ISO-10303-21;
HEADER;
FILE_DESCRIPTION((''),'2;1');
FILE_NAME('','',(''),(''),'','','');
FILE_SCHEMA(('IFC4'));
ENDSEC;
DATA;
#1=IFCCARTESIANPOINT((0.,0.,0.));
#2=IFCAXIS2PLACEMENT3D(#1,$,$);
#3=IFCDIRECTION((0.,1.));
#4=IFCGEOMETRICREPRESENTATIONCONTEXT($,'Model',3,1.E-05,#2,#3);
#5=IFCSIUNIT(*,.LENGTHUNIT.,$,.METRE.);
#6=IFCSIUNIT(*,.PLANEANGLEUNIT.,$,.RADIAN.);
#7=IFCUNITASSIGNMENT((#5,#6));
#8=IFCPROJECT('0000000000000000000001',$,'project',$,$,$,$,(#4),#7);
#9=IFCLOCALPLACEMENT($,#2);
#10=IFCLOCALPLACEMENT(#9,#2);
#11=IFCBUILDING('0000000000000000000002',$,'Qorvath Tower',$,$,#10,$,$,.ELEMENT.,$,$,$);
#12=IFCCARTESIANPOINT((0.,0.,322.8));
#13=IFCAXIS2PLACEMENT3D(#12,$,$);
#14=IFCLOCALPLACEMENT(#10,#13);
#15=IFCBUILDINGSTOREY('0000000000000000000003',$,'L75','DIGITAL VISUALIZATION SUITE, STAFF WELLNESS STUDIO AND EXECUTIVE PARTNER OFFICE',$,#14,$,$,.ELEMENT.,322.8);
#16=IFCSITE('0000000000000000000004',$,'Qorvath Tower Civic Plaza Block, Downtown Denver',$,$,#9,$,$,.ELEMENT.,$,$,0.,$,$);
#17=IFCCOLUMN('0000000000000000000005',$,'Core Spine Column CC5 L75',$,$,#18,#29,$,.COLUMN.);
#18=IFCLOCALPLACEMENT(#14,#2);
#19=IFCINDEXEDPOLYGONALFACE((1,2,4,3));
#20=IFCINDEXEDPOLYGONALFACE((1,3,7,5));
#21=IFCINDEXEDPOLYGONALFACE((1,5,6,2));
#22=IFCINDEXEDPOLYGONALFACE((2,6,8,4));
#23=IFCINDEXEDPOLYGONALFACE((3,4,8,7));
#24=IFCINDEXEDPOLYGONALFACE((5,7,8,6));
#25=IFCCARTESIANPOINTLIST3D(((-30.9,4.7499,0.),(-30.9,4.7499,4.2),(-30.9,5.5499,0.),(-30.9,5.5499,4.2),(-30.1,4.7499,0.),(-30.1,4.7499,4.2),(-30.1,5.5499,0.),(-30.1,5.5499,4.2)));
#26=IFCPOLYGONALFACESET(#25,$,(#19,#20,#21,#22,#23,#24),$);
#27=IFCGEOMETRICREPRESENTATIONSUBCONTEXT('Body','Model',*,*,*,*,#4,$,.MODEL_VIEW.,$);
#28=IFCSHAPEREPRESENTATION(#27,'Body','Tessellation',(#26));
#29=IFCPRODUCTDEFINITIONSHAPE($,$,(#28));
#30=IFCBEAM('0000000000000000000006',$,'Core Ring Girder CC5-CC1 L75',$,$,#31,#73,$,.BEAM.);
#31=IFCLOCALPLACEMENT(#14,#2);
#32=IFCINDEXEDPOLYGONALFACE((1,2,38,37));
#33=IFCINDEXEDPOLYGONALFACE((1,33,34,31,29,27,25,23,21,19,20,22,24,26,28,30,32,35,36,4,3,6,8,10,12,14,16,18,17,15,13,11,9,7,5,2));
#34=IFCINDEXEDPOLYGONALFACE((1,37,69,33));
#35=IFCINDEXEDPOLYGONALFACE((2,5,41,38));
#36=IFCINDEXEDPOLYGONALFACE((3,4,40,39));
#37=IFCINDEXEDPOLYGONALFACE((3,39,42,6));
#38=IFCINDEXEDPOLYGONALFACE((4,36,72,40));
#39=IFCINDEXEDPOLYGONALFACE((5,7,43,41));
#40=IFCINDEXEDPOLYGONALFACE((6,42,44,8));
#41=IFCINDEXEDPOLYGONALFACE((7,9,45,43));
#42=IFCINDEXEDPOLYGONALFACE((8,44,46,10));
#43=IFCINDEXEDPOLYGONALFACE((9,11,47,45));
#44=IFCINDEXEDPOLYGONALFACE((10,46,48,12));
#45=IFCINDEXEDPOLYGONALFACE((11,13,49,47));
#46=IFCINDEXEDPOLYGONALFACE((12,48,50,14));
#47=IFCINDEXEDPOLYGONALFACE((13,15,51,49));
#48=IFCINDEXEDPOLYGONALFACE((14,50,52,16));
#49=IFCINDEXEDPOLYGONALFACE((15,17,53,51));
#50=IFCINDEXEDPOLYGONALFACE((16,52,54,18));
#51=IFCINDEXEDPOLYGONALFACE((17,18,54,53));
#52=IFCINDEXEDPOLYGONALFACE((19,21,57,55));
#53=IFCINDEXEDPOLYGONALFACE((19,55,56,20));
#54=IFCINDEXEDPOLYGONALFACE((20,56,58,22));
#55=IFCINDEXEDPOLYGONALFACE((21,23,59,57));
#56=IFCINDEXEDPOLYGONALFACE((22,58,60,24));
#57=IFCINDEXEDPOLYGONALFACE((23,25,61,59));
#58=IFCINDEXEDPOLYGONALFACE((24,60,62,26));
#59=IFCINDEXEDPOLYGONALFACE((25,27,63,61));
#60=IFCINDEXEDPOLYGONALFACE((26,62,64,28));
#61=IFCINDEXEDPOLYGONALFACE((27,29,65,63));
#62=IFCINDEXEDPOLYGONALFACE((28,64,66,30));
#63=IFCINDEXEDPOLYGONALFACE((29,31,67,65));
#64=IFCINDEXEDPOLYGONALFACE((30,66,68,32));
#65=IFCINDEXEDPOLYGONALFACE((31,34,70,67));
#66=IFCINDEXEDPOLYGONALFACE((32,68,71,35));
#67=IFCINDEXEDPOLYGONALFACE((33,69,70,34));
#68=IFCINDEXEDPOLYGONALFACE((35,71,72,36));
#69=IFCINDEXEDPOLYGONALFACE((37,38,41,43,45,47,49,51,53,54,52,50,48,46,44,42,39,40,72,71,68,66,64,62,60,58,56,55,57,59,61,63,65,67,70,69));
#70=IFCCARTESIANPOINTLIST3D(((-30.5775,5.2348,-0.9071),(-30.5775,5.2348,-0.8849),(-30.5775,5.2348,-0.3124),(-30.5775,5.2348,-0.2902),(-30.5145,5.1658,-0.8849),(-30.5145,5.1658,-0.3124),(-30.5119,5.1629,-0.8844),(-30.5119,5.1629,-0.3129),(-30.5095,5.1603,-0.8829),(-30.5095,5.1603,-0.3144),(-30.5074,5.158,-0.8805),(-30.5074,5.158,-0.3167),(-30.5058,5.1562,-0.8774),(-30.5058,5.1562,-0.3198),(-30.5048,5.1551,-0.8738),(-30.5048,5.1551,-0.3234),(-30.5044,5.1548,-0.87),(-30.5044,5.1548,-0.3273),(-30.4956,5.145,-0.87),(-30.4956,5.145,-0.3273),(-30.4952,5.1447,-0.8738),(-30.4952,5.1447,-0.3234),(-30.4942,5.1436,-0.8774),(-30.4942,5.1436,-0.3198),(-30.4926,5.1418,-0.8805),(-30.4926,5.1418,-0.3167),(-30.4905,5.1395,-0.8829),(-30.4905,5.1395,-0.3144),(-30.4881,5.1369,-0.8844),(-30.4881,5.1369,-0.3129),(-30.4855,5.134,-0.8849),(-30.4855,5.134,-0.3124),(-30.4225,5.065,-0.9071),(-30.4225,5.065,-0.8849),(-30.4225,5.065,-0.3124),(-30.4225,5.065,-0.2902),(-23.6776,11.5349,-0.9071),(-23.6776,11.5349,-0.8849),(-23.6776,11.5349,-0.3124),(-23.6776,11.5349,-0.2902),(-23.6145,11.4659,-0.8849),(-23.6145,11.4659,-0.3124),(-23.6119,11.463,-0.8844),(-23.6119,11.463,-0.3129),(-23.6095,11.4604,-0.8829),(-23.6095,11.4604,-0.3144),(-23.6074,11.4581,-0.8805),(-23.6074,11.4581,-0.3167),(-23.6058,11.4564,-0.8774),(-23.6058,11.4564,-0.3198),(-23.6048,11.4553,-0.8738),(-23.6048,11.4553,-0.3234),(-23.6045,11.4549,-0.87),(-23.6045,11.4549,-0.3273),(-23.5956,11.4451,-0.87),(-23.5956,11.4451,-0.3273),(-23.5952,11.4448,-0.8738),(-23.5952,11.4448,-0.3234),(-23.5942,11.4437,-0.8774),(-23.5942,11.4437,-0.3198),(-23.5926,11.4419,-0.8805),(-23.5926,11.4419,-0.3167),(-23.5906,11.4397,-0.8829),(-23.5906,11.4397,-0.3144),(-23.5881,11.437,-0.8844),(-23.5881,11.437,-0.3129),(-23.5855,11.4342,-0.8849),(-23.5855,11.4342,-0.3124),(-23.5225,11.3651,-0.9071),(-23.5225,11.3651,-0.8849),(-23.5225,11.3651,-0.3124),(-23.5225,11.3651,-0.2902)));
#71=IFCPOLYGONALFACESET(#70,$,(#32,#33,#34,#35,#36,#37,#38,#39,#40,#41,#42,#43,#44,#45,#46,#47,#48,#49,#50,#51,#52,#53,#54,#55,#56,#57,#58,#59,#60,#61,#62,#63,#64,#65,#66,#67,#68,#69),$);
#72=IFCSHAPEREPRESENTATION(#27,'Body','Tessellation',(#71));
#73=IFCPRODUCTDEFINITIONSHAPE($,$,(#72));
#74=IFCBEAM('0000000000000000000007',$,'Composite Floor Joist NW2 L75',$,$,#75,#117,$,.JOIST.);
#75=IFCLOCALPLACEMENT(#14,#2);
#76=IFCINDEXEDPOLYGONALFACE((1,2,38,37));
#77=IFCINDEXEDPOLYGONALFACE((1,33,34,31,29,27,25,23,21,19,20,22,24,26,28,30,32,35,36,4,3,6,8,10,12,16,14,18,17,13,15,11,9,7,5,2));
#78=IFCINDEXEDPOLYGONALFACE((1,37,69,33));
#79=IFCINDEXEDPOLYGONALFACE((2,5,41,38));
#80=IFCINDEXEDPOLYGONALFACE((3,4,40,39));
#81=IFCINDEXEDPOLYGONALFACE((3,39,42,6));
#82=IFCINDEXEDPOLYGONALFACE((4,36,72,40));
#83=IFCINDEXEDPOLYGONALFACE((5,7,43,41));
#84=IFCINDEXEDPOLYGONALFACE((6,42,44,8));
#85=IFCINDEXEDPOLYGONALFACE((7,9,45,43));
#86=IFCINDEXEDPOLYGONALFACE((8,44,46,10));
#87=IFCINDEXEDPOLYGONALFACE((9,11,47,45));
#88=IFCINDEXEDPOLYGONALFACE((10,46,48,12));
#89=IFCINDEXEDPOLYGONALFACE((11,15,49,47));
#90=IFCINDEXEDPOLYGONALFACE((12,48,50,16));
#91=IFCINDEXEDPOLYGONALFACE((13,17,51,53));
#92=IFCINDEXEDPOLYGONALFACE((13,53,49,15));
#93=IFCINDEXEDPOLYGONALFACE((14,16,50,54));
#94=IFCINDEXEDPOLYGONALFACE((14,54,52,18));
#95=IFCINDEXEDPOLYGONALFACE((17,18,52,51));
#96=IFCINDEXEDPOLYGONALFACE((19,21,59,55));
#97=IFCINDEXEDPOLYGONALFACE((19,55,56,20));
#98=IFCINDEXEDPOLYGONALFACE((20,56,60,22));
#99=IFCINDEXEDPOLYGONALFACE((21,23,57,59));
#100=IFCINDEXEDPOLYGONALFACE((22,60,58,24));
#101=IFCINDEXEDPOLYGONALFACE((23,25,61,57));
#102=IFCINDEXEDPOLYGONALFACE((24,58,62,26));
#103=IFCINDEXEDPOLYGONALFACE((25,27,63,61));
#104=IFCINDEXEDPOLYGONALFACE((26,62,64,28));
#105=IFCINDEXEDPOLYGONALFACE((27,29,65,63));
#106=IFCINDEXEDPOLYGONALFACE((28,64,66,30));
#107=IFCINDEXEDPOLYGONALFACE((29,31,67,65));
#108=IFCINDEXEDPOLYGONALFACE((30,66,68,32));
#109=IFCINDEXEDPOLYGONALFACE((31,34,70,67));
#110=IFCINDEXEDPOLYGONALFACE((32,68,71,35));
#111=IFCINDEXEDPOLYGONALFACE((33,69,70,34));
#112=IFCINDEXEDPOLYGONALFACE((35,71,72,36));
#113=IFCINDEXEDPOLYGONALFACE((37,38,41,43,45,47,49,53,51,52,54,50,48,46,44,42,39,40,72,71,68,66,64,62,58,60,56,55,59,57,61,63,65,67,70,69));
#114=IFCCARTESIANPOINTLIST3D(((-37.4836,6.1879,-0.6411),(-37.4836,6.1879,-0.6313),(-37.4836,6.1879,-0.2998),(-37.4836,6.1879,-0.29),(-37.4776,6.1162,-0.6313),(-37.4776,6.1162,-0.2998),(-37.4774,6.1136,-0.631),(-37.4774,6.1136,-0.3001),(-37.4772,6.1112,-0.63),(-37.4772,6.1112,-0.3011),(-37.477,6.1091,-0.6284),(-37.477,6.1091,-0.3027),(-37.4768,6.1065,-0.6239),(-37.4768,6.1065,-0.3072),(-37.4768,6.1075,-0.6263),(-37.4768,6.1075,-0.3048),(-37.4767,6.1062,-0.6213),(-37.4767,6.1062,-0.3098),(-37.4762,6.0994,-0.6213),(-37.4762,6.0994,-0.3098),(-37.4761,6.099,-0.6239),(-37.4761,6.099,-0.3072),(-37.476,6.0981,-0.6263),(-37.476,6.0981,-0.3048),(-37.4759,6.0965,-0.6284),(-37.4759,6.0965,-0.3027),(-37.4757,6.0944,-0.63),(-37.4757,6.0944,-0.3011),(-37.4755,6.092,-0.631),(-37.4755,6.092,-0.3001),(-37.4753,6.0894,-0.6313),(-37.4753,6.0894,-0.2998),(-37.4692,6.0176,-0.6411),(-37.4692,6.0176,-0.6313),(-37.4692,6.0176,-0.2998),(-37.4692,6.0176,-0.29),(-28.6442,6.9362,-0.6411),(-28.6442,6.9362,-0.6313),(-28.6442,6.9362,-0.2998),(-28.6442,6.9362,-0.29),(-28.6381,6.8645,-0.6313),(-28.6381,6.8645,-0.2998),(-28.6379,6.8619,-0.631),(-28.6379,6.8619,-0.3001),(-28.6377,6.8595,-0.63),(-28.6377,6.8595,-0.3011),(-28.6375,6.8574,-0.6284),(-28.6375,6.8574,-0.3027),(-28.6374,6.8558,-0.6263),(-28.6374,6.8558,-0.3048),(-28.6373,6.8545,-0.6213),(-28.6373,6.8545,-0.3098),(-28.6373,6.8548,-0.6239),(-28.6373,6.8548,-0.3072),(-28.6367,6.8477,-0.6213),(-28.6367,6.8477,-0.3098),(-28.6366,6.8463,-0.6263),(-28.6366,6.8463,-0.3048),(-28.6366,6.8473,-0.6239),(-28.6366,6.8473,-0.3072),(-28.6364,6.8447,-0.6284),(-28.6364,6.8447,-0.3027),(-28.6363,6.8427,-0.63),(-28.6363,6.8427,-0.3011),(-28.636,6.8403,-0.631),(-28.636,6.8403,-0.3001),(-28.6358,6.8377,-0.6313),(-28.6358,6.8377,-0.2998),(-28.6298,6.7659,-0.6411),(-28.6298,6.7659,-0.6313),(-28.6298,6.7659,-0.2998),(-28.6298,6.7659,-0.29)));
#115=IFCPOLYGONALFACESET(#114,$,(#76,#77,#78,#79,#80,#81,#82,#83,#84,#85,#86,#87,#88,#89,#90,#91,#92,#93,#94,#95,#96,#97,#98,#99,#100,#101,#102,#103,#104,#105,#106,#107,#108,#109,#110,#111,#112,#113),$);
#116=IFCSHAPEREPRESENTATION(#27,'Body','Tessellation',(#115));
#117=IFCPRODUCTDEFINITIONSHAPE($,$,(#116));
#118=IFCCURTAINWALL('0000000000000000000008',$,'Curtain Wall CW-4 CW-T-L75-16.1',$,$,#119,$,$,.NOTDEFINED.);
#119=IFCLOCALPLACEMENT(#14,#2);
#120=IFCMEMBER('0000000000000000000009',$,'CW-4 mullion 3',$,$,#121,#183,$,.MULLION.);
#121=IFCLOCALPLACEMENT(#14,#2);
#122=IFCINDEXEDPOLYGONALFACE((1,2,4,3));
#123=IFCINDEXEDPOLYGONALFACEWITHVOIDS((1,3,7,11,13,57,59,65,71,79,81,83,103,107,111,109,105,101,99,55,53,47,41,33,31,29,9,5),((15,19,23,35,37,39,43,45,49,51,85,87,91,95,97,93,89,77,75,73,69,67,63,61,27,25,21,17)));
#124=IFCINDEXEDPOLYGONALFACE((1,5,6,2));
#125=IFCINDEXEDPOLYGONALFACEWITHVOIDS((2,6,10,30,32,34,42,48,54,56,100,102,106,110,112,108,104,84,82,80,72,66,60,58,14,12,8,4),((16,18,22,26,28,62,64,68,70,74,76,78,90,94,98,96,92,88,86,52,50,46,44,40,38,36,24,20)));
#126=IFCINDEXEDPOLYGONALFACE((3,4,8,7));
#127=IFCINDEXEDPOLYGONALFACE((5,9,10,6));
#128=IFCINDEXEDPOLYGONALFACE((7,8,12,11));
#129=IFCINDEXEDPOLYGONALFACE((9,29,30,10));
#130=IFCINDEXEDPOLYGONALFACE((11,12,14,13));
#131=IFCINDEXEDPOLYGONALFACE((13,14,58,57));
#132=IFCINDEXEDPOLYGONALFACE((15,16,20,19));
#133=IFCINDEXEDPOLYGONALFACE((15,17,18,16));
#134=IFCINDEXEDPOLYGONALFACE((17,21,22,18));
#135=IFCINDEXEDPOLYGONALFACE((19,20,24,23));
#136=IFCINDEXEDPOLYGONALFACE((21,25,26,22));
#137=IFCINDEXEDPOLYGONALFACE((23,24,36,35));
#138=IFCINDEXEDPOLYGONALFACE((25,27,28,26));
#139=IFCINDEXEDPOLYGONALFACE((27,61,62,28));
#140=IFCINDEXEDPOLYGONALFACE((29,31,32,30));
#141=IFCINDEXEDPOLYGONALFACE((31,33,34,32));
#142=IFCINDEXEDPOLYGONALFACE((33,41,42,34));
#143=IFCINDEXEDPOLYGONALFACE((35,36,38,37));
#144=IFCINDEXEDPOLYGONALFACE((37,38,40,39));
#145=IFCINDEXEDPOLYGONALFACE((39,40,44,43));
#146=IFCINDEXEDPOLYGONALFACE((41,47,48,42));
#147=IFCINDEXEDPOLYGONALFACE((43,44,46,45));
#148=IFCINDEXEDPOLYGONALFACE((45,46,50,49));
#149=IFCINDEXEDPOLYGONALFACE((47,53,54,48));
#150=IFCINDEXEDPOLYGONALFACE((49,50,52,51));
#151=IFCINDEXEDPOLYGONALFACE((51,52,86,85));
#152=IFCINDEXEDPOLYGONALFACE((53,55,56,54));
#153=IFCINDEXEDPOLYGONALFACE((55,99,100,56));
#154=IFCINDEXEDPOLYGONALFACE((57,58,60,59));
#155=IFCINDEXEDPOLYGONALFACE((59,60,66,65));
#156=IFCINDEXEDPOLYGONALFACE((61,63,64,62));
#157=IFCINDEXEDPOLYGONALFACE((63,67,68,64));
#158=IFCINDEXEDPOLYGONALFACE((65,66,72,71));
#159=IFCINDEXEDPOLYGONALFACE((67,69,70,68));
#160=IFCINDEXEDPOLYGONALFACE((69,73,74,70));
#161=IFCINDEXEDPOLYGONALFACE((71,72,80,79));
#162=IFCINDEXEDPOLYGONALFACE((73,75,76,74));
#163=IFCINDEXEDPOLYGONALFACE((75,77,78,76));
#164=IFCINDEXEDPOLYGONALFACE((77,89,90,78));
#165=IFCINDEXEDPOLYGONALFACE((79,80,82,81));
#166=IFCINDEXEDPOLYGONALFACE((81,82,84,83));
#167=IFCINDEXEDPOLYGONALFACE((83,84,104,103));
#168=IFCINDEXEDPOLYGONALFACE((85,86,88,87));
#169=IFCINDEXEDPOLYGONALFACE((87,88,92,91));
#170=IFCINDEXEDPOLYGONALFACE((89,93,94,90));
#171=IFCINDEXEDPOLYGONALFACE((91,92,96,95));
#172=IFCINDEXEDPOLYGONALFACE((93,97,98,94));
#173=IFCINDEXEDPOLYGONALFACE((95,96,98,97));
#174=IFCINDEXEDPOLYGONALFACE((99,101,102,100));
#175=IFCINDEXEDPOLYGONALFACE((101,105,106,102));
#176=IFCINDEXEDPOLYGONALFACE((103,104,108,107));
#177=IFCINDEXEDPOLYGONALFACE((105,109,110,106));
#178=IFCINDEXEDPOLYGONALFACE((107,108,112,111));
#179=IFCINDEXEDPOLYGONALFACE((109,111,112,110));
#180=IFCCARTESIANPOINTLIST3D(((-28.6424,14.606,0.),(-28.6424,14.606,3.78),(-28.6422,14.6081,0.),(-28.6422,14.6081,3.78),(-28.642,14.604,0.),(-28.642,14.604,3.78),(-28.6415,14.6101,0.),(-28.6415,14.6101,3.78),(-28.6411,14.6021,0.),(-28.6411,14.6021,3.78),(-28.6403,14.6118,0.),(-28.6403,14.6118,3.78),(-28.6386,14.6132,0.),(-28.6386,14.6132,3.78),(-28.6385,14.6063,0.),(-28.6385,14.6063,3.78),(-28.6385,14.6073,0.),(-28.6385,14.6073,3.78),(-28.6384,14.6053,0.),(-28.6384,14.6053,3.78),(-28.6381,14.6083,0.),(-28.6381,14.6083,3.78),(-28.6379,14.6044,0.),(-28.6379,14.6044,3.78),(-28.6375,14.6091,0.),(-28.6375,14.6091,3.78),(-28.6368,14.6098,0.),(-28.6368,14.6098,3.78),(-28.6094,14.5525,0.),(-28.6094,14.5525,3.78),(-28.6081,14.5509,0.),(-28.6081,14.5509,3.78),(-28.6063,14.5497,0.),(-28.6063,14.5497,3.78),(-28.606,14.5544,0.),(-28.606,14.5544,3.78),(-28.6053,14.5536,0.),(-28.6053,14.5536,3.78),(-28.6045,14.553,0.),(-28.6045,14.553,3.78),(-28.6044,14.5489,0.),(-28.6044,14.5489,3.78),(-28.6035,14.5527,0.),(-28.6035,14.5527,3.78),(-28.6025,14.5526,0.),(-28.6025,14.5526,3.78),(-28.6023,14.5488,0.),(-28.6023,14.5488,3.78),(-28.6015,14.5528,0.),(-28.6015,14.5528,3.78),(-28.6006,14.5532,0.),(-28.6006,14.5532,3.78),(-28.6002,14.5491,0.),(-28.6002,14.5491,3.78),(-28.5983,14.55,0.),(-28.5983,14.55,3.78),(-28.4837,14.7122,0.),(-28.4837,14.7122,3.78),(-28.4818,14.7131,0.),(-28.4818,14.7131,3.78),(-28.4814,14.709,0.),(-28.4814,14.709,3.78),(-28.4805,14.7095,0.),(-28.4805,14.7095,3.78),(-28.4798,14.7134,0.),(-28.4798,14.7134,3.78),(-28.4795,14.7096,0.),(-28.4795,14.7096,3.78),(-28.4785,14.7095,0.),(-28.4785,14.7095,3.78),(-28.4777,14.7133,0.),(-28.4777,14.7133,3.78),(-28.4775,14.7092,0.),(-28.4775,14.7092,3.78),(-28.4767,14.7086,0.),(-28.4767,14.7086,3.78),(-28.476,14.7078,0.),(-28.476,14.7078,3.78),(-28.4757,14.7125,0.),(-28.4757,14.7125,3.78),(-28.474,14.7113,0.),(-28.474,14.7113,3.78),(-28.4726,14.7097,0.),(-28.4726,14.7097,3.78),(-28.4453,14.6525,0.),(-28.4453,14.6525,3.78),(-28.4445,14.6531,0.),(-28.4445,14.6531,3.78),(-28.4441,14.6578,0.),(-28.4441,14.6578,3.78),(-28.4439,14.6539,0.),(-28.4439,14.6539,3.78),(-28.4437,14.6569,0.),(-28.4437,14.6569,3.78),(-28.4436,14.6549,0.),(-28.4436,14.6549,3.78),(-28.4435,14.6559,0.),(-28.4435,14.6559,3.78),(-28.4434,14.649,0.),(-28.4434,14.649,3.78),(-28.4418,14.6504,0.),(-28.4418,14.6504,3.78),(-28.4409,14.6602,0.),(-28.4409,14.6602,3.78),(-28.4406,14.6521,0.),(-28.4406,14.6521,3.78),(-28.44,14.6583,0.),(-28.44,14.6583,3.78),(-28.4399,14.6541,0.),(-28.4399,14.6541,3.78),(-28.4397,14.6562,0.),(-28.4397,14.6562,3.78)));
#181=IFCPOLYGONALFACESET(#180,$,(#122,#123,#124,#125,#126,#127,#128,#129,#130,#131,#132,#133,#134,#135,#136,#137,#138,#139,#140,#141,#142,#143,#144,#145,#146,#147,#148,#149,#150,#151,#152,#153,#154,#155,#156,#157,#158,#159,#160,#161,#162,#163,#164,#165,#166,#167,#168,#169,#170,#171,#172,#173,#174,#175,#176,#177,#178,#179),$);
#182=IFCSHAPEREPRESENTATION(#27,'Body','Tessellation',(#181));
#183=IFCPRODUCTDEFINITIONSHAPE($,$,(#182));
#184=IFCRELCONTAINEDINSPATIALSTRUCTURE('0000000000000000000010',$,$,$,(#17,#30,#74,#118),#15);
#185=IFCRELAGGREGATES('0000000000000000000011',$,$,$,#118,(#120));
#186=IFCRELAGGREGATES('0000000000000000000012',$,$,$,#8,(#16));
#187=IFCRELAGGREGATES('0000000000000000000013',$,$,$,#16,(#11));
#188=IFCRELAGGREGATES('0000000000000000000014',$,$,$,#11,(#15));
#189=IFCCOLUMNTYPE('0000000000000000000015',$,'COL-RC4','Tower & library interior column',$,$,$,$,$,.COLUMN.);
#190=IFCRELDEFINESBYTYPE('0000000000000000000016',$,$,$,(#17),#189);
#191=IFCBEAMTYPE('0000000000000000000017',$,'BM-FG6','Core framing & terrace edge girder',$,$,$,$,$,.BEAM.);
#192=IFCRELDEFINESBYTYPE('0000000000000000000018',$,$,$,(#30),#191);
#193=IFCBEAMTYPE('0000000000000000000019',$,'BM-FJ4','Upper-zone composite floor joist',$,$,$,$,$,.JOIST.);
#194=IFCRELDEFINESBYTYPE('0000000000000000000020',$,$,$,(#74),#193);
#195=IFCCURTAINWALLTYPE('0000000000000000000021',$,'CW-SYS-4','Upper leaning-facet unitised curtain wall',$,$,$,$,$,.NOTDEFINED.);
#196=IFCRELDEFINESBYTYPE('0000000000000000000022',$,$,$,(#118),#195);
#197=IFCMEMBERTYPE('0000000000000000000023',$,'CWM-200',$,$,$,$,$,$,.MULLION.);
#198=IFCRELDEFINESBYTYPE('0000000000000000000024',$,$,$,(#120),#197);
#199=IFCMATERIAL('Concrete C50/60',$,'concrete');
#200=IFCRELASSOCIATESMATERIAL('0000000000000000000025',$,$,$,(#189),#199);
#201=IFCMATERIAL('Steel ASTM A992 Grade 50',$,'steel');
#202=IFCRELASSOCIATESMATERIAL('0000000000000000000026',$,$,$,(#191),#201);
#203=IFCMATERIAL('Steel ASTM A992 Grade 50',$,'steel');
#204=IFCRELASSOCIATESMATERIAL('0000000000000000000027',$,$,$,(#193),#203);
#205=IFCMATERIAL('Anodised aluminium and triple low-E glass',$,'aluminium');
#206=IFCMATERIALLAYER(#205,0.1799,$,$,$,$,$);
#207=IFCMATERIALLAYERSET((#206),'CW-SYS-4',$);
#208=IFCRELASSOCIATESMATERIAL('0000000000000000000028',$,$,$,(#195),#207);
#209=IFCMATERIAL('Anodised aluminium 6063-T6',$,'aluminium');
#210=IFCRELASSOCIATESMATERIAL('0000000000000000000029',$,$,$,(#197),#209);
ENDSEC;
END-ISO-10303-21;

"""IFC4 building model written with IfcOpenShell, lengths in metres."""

from ifc_helpers import new_model, si_unit, direction, frame, origin, origin_2d, place, context, subcontext, project, spatial, rectangle, hollow_rectangle, i_section, extrude, material, layer, layer_set, material_profile, profile_set, type_object, element, aggregate, save


model = new_model("IFC4")

# Units and contexts
model_context = context("Model", 3, precision=1e-05, world=origin(), true_north=direction((0.0, 1.0)))
body_context = subcontext(model_context, "Body", "Model", "MODEL_VIEW")
ifc_project = project(units=[si_unit("LENGTHUNIT", "METRE"), si_unit("PLANEANGLEUNIT", "RADIAN")], contexts=[model_context])

# Site, building, storey
site_placement = place(None, origin())
site = spatial("IfcSite", under=ifc_project, at=site_placement, Name="Qorvath Tower Civic Plaza Block, Downtown Denver", CompositionType="ELEMENT", RefElevation=0.0)
building_placement = place(site_placement, origin())
building = spatial("IfcBuilding", under=site, at=building_placement, Name="Qorvath Tower", CompositionType="ELEMENT")
storey_placement = place(building_placement, frame((0.0, 0.0, 322.8)))
storey = spatial("IfcBuildingStorey", under=building, at=storey_placement, Name="L75", Description="DIGITAL VISUALIZATION SUITE, STAFF WELLNESS STUDIO AND EXECUTIVE PARTNER OFFICE", CompositionType="ELEMENT", Elevation=322.8)

# Column
ifc_material_1 = material(Name="Concrete C50/60", Category="concrete")
ifc_material_profile_1 = material_profile(ifc_material_1, rectangle(XDim=0.8, YDim=0.8, at=origin_2d()), Name="RC 800x800")
ifc_profile_set_1 = profile_set([ifc_material_profile_1], Name="Concrete C50/60")
column_type = type_object("IfcColumnType", Name="COL-RC4", Description="Tower & library interior column", PredefinedType="COLUMN", material=ifc_profile_set_1)
column_placement = place(storey_placement, frame((-30.5, 5.1499, 0.0), z_axis=(0.0, 0.0, 1.0), x_axis=(1.0, 0.0, 0.0)))
element("IfcColumn", 1, at=column_placement, inside=storey, type_object=column_type, Name="Core Spine Column CC5 L75", PredefinedType="COLUMN", context=body_context, shape_type="SweptSolid", body=[
    extrude(rectangle(XDim=0.8, YDim=0.8, at=origin_2d()), origin(), (0.0, 0.0, 1.0), 4.2),
])

# Beams
ifc_material_2 = material(Name="Steel ASTM A992 Grade 50", Category="steel")
ifc_material_profile_2 = material_profile(ifc_material_2, i_section(OverallWidth=0.23, OverallDepth=0.6169, WebThickness=0.0132, FlangeThickness=0.0222, FilletRadius=0.0149, at=origin_2d()), Name="W24x94")
ifc_profile_set_2 = profile_set([ifc_material_profile_2], Name="Steel ASTM A992 Grade 50")
beam_type_1 = type_object("IfcBeamType", Name="BM-FG6", Description="Core framing & terrace edge girder", PredefinedType="BEAM", material=ifc_profile_set_2)
beam_1_placement = place(storey_placement, frame((-30.5, 5.1499, -0.5986), z_axis=(0.738478, 0.674277, 0.0), x_axis=(-0.674277, 0.738478, 0.0)))
element("IfcBeam", 2, at=beam_1_placement, inside=storey, type_object=beam_type_1, Name="Core Ring Girder CC5-CC1 L75", PredefinedType="BEAM", context=body_context, shape_type="SweptSolid", body=[
    extrude(i_section(OverallWidth=0.23, OverallDepth=0.6169, WebThickness=0.0132, FlangeThickness=0.0222, FilletRadius=0.0149, at=origin_2d()), origin(), (0.0, 0.0, 1.0), 9.3435),
])
ifc_material_3 = material(Name="Steel ASTM A992 Grade 50", Category="steel")
ifc_material_profile_3 = material_profile(ifc_material_3, i_section(OverallWidth=0.1709, OverallDepth=0.3511, WebThickness=0.0068, FlangeThickness=0.0098, FilletRadius=0.01, at=origin_2d()), Name="W14x30")
ifc_profile_set_3 = profile_set([ifc_material_profile_3], Name="Steel ASTM A992 Grade 50")
beam_type_2 = type_object("IfcBeamType", Name="BM-FJ4", Description="Upper-zone composite floor joist", PredefinedType="JOIST", material=ifc_profile_set_3)
beam_2_placement = place(storey_placement, frame((-28.637, 6.8511, -0.4656), z_axis=(-0.996436, -0.08435, 0.0), x_axis=(0.08435, -0.996436, 0.0)))
element("IfcBeam", 3, at=beam_2_placement, inside=storey, type_object=beam_type_2, Name="Composite Floor Joist NW2 L75", PredefinedType="JOIST", context=body_context, shape_type="SweptSolid", body=[
    extrude(i_section(OverallWidth=0.1709, OverallDepth=0.3511, WebThickness=0.0068, FlangeThickness=0.0098, FilletRadius=0.01, at=origin_2d()), origin(), (0.0, 0.0, 1.0), 8.8711),
])

# Curtain wall, member
ifc_material_4 = material(Name="Anodised aluminium and triple low-E glass", Category="aluminium")
ifc_layer_1 = layer(ifc_material_4, 0.1799)
ifc_layer_set_1 = layer_set([ifc_layer_1], Name="CW-SYS-4")
curtain_wall_type = type_object("IfcCurtainWallType", Name="CW-SYS-4", Description="Upper leaning-facet unitised curtain wall", PredefinedType="NOTDEFINED", material=ifc_layer_set_1)
curtain_wall_placement = place(storey_placement, origin())
curtain_wall = element("IfcCurtainWall", 4, at=curtain_wall_placement, inside=storey, type_object=curtain_wall_type, Name="Curtain Wall CW-4 CW-T-L75-16.1", PredefinedType="NOTDEFINED")
ifc_material_5 = material(Name="Anodised aluminium 6063-T6", Category="aluminium")
ifc_material_profile_4 = material_profile(ifc_material_5, hollow_rectangle(XDim=0.075, YDim=0.2, WallThickness=0.0039, InnerFilletRadius=0.0039, OuterFilletRadius=0.0081, at=origin_2d()), Name="CWM 200x75")
ifc_profile_set_4 = profile_set([ifc_material_profile_4], Name="Anodised aluminium 6063-T6")
member_type_1 = type_object("IfcMemberType", Name="CWM-200", PredefinedType="MULLION", material=ifc_profile_set_4)
member_1_placement = place(storey_placement, frame((-28.541, 14.6311, 0.0), z_axis=(0.0, 0.0, 1.0), x_axis=(0.538536, -0.842603, 0.0)))
member_1 = element("IfcMember", 5, at=member_1_placement, type_object=member_type_1, Name="CW-4 mullion 3", PredefinedType="MULLION", context=body_context, shape_type="SweptSolid", body=[
    extrude(hollow_rectangle(XDim=0.075, YDim=0.2, WallThickness=0.0039, InnerFilletRadius=0.0039, OuterFilletRadius=0.0081, at=origin_2d()), origin(), (0.0, 0.0, 1.0), 3.78),
])
aggregate(curtain_wall, [member_1])

save(model, "model.ifc")
